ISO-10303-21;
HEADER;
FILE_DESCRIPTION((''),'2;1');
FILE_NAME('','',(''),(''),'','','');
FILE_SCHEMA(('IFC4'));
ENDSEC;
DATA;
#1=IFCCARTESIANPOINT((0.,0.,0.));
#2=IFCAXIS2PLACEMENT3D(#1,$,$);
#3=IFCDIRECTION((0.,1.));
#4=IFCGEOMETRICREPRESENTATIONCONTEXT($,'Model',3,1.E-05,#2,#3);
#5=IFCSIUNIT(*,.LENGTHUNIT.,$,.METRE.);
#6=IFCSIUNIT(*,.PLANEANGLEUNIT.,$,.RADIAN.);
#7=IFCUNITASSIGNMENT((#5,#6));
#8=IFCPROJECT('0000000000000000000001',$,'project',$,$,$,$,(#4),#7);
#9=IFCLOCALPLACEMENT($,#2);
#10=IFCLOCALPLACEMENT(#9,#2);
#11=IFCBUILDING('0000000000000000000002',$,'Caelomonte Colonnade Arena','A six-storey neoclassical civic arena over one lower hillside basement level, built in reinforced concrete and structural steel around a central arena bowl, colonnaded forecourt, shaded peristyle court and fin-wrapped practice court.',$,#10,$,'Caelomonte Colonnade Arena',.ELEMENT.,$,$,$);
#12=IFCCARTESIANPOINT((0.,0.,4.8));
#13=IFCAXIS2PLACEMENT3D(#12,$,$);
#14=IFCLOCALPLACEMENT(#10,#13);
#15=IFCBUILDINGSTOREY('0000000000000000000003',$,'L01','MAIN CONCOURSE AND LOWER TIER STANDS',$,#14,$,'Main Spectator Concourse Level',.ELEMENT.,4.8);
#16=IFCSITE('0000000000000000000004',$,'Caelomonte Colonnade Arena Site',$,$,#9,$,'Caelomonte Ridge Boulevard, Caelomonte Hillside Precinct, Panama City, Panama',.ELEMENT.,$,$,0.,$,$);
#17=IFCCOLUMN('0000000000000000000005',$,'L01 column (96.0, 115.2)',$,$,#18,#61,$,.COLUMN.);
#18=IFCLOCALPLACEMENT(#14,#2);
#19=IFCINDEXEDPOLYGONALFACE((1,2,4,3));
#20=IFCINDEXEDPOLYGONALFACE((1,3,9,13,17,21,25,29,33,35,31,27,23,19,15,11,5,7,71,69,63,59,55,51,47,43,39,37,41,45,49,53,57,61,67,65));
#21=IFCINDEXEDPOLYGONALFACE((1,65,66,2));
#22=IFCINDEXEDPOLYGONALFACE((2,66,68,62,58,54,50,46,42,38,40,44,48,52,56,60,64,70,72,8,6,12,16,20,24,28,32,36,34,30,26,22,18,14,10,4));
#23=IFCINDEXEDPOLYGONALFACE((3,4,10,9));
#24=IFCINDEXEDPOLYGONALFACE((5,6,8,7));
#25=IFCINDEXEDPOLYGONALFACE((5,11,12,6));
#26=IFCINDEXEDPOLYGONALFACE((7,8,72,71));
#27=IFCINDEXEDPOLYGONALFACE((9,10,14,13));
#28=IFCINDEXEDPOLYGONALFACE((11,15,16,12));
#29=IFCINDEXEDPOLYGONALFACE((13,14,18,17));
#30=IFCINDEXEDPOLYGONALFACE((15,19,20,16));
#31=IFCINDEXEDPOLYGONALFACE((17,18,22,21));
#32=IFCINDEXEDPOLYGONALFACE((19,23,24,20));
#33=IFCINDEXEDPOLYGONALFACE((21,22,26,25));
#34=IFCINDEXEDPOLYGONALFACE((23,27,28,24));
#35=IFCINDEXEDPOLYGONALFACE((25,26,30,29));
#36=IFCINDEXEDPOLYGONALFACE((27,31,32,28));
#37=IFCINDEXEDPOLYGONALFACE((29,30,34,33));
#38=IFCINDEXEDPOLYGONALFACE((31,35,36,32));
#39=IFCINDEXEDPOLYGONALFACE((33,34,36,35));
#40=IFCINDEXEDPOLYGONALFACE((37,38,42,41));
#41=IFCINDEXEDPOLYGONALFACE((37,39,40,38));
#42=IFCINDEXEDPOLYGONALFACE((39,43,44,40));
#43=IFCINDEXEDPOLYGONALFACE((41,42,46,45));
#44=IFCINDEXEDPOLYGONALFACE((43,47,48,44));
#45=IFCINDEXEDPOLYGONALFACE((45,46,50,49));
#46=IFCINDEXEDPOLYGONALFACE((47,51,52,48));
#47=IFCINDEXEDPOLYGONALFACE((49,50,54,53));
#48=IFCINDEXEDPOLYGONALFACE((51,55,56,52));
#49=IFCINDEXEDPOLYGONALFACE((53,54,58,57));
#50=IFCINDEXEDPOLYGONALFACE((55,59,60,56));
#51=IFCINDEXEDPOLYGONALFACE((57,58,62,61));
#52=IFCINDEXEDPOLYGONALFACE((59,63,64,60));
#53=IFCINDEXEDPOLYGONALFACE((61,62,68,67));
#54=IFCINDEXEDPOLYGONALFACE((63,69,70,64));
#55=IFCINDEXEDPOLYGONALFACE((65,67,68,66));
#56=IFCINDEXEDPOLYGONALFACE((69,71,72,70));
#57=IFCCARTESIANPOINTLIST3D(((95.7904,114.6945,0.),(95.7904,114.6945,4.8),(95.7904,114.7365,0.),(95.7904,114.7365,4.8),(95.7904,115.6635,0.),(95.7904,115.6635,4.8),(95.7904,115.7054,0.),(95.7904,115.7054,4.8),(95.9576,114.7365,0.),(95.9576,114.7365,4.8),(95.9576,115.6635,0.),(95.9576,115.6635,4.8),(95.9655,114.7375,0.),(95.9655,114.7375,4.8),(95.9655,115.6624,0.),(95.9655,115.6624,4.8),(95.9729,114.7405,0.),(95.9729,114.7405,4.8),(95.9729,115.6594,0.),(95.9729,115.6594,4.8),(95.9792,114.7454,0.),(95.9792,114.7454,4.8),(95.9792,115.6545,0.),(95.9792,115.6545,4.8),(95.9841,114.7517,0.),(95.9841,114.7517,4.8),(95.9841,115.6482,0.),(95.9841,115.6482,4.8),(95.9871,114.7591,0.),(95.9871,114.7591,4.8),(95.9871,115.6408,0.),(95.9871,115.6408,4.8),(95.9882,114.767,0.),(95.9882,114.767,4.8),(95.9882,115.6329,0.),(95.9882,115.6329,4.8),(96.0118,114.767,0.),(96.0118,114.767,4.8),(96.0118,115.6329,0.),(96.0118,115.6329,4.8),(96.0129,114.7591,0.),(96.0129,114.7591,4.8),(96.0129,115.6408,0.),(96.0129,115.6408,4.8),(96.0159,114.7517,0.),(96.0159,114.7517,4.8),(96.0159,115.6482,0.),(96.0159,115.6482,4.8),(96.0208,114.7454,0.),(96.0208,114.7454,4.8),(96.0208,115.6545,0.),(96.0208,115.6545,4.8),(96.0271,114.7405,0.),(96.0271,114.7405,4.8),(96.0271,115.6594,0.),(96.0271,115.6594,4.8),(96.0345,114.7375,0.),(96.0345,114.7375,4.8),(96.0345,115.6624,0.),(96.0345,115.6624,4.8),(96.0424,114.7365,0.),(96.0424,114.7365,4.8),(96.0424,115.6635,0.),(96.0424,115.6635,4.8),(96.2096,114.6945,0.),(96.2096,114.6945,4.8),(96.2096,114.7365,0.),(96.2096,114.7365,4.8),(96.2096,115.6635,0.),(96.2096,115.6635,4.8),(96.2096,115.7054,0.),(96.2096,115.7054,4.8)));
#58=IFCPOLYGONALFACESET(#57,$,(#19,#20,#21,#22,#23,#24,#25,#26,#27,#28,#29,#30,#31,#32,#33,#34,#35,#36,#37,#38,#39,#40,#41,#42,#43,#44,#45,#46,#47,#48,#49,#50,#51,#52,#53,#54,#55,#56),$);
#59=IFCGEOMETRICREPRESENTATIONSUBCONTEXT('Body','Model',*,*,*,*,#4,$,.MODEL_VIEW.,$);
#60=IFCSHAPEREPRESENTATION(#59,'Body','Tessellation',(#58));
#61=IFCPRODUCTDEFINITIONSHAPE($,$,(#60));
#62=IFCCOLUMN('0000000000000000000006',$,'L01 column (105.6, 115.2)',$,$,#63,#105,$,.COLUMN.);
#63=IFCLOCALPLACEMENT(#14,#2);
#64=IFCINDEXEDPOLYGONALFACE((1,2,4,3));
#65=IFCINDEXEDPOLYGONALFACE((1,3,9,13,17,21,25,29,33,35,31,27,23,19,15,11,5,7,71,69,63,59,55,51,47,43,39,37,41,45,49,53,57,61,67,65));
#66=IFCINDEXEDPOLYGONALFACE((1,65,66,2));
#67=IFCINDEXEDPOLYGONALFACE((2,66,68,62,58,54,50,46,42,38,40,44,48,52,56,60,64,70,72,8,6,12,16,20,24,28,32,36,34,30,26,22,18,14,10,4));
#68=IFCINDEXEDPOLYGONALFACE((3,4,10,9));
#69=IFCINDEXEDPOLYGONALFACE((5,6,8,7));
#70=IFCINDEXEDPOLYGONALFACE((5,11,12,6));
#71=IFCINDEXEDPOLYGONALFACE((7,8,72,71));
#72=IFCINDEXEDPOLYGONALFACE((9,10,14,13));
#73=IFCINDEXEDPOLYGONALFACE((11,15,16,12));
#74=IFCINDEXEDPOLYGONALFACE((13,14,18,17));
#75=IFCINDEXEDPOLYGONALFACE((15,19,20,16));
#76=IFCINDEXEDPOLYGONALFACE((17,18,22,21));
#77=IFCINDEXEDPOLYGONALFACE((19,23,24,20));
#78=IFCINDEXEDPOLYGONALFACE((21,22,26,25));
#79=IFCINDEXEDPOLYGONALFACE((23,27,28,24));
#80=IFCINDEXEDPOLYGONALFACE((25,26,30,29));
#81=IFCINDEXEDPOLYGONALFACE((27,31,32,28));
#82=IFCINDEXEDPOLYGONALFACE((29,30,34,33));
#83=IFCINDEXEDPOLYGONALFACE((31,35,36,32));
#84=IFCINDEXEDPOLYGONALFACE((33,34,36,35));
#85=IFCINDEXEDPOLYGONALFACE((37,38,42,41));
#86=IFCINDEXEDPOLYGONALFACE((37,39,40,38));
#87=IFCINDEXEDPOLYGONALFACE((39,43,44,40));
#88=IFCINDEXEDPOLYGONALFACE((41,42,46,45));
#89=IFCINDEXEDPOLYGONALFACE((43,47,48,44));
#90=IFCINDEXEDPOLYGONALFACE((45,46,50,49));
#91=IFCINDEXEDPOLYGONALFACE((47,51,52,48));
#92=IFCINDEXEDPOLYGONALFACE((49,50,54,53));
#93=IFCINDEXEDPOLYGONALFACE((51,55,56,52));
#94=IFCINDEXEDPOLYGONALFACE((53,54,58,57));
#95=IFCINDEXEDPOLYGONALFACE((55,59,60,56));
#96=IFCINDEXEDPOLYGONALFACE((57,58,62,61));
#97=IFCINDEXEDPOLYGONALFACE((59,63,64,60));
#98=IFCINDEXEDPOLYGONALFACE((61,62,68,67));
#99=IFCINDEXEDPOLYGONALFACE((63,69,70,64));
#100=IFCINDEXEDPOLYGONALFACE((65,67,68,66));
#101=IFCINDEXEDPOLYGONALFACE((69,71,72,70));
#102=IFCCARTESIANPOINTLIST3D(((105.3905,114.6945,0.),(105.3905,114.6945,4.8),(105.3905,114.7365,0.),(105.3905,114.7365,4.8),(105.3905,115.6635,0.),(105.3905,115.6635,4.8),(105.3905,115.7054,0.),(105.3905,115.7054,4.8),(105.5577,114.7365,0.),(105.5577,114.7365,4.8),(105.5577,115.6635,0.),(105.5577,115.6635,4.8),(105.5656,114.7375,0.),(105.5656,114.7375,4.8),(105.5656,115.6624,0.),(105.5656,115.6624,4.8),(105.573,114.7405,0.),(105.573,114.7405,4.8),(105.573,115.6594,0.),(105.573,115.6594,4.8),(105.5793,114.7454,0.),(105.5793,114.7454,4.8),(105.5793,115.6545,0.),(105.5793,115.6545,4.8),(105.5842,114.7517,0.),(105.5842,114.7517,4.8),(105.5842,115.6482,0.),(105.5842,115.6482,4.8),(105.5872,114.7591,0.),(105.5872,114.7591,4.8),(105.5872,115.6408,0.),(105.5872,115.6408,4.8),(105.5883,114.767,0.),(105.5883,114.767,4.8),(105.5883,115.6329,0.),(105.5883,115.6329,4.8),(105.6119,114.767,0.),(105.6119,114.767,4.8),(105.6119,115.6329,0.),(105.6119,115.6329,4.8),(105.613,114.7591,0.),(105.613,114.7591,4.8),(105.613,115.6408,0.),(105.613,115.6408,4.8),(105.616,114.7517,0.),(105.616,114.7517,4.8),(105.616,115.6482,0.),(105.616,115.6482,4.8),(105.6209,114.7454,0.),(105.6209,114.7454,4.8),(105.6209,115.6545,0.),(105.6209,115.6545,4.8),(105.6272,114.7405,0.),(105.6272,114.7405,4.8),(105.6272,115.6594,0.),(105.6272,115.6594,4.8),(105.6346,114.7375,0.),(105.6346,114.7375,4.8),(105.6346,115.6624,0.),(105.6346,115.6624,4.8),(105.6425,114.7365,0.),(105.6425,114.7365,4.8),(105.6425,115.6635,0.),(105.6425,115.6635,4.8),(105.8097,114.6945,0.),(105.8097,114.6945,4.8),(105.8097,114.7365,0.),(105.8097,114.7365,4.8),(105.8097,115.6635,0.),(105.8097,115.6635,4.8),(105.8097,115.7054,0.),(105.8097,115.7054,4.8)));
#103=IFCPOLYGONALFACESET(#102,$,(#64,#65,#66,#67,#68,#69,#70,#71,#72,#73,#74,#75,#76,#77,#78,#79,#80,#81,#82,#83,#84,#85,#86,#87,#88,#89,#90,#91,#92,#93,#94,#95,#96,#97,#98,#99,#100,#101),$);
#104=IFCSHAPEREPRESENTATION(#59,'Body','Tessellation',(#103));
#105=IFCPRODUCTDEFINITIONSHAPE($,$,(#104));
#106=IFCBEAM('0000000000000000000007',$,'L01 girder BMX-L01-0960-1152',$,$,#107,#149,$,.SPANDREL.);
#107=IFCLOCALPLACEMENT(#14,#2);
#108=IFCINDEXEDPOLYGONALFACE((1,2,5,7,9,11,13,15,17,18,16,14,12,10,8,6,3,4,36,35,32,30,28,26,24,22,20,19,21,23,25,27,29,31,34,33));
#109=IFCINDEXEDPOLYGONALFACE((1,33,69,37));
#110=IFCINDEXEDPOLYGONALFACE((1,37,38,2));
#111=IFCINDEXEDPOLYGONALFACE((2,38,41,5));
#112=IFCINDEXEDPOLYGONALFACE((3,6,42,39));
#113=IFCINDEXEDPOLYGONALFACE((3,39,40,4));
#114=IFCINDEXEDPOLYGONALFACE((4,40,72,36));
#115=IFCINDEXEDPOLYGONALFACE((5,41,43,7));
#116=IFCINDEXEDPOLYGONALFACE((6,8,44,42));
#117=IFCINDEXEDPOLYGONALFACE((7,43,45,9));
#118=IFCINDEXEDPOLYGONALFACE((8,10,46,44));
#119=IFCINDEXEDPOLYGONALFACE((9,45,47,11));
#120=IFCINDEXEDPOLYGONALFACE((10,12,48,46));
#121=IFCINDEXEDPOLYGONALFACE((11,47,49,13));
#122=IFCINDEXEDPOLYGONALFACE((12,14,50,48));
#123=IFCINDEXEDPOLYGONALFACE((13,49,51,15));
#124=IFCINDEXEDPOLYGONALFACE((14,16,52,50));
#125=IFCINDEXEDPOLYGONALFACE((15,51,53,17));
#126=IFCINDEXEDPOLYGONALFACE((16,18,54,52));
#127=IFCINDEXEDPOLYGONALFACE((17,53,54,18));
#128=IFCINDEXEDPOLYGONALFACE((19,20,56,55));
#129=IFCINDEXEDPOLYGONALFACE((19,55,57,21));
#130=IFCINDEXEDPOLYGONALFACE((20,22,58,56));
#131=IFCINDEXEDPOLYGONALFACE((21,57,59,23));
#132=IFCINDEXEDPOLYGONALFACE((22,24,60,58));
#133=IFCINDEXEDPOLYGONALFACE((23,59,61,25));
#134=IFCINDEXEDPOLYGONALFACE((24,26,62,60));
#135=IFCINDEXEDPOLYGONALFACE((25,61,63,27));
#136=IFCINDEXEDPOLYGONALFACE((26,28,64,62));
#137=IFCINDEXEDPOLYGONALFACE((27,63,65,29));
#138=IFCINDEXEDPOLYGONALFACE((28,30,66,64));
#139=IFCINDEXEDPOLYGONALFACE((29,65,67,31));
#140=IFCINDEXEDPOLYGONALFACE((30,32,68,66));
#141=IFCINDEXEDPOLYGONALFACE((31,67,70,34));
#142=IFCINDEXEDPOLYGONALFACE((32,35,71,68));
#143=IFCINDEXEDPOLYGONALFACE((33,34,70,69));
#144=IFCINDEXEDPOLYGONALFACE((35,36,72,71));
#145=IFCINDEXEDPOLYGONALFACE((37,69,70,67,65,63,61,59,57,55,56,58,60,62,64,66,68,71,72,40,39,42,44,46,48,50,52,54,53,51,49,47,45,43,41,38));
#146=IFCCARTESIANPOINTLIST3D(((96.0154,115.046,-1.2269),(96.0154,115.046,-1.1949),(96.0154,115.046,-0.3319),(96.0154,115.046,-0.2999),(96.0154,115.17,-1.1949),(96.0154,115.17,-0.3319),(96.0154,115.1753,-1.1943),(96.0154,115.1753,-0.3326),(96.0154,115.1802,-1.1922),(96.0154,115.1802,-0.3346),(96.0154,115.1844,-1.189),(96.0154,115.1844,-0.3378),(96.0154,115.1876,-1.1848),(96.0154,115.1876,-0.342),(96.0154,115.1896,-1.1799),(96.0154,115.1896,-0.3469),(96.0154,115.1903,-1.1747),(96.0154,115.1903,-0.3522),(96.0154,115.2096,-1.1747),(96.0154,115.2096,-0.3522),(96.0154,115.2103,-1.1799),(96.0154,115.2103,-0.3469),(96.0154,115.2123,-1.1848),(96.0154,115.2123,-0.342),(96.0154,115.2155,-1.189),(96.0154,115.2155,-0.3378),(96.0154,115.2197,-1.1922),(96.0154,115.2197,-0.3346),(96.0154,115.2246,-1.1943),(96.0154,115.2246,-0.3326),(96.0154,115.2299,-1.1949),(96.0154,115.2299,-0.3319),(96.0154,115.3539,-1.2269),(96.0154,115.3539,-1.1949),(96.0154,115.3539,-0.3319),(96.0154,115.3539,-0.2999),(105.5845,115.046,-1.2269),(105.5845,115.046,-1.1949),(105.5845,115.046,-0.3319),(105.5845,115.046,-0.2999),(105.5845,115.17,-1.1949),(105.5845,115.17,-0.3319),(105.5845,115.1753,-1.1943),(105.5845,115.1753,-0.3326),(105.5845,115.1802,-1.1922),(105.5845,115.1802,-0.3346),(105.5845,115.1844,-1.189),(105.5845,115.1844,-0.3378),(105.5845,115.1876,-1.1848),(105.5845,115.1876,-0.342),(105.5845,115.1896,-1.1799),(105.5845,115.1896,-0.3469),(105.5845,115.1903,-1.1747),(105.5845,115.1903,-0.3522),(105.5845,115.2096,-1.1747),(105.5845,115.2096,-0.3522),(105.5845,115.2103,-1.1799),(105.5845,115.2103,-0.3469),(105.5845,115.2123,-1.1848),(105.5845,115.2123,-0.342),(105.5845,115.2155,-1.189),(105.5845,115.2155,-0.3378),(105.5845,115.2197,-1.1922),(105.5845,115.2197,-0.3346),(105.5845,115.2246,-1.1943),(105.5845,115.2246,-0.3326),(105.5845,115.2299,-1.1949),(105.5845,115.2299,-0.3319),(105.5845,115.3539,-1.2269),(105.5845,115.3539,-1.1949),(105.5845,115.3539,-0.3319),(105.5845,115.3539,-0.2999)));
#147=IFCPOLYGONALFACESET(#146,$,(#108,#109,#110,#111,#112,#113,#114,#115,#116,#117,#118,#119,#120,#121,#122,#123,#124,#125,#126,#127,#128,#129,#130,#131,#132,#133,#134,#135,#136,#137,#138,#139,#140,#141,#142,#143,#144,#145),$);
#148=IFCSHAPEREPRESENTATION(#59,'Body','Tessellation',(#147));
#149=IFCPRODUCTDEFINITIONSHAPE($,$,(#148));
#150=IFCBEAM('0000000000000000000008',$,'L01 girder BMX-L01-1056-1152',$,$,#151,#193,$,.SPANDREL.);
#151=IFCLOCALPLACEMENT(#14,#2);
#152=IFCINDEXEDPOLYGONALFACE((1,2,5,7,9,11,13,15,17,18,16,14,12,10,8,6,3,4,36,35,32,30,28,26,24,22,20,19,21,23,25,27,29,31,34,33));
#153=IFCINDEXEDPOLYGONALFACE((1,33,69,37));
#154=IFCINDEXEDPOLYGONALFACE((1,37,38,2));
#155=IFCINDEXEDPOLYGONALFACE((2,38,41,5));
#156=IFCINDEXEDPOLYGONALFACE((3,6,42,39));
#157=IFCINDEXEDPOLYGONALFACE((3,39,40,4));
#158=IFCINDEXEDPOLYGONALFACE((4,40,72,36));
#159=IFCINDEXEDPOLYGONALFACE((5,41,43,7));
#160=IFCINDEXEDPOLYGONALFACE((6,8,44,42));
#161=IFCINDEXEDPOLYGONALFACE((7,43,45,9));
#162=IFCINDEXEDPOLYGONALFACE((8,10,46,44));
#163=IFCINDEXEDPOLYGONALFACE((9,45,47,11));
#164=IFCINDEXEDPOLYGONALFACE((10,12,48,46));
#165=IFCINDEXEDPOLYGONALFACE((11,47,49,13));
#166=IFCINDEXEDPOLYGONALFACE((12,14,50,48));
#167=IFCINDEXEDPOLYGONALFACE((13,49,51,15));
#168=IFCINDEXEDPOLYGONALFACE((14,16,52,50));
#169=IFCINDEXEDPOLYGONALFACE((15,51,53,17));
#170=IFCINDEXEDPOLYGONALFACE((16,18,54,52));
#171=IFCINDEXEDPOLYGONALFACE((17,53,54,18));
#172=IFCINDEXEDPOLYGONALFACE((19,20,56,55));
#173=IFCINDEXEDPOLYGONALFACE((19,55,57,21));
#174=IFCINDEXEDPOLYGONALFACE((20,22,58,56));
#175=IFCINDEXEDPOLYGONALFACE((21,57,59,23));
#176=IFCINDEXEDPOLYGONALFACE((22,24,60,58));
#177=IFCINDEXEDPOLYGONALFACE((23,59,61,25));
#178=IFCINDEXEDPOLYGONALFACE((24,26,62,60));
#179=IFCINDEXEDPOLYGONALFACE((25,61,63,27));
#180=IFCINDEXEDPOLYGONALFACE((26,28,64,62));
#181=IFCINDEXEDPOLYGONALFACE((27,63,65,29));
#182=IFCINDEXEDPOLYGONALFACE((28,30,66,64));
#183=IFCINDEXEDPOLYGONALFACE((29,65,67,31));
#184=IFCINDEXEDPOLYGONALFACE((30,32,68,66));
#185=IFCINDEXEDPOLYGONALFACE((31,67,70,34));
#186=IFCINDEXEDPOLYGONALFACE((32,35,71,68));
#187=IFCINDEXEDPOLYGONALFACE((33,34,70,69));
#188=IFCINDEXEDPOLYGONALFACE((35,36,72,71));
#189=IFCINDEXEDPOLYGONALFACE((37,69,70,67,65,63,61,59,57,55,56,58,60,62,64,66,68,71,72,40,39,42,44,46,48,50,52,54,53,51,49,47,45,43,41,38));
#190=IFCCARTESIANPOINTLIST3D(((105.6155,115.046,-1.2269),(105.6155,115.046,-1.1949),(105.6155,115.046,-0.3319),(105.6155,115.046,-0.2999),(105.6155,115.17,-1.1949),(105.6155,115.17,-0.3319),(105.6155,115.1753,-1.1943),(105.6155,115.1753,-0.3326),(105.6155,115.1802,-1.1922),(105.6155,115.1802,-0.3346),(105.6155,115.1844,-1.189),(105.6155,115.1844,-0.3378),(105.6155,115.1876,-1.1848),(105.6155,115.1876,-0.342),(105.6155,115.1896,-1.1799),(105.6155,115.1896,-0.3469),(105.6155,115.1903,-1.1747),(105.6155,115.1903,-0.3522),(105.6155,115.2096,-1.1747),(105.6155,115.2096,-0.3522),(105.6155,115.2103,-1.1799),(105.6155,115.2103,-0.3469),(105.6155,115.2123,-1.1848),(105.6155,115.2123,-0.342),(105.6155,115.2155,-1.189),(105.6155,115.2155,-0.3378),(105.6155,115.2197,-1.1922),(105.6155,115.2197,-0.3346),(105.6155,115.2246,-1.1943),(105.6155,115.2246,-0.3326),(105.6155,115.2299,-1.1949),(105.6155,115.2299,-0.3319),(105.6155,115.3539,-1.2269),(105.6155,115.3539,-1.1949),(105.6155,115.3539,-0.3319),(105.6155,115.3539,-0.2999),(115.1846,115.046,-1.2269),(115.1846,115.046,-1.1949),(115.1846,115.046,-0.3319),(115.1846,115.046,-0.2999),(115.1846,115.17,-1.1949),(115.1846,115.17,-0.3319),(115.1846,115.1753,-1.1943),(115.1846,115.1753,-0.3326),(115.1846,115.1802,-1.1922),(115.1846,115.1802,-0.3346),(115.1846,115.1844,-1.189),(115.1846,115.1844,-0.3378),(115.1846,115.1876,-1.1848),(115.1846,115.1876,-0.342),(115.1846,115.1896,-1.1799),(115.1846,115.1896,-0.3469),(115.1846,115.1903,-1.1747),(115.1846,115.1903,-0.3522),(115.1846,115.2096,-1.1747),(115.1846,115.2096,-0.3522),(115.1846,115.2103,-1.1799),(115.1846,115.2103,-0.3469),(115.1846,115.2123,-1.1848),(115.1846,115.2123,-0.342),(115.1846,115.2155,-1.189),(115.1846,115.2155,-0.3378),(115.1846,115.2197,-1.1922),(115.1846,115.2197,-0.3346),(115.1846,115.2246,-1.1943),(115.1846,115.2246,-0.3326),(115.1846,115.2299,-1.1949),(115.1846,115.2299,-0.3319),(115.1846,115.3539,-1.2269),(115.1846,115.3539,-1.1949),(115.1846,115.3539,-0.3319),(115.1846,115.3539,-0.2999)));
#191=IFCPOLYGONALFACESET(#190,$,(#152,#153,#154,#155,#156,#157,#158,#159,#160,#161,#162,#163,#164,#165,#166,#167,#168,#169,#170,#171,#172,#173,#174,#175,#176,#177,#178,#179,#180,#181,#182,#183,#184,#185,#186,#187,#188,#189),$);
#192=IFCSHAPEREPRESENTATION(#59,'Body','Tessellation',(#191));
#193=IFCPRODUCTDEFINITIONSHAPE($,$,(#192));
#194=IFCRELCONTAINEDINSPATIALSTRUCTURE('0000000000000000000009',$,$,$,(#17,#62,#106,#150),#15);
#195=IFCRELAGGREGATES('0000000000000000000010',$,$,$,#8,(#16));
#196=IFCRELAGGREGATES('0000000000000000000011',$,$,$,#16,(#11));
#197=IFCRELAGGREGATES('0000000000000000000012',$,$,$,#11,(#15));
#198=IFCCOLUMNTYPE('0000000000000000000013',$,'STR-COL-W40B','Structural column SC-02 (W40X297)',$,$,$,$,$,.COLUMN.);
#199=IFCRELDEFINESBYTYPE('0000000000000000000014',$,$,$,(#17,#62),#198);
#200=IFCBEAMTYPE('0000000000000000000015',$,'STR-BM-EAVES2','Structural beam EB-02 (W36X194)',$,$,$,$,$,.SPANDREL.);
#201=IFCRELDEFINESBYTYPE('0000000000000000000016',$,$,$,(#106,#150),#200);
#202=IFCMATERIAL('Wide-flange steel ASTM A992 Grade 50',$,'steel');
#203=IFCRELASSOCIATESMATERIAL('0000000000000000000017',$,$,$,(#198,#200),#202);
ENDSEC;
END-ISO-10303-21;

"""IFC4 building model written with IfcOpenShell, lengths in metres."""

from ifc_helpers import new_model, si_unit, direction, frame, origin, origin_2d, place, context, subcontext, project, spatial, i_section, extrude, material, material_profile, profile_set, type_object, element, save


model = new_model("IFC4")

# Units and contexts
model_context = context("Model", 3, precision=1e-05, world=origin(), true_north=direction((0.0, 1.0)))
body_context = subcontext(model_context, "Body", "Model", "MODEL_VIEW")
ifc_project = project(units=[si_unit("LENGTHUNIT", "METRE"), si_unit("PLANEANGLEUNIT", "RADIAN")], contexts=[model_context])

# Site, building, storey
site_placement = place(None, origin())
site = spatial("IfcSite", under=ifc_project, at=site_placement, Name="Caelomonte Colonnade Arena Site", LongName="Caelomonte Ridge Boulevard, Caelomonte Hillside Precinct, Panama City, Panama", CompositionType="ELEMENT", RefElevation=0.0)
building_placement = place(site_placement, origin())
building = spatial("IfcBuilding", under=site, at=building_placement, Name="Caelomonte Colonnade Arena", Description="A six-storey neoclassical civic arena over one lower hillside basement level, built in reinforced concrete and structural steel around a central arena bowl, colonnaded forecourt, shaded peristyle court and fin-wrapped practice court.", LongName="Caelomonte Colonnade Arena", CompositionType="ELEMENT")
storey_placement = place(building_placement, frame((0.0, 0.0, 4.8)))
storey = spatial("IfcBuildingStorey", under=building, at=storey_placement, Name="L01", Description="MAIN CONCOURSE AND LOWER TIER STANDS", LongName="Main Spectator Concourse Level", CompositionType="ELEMENT", Elevation=4.8)

# Columns
ifc_material_1 = material(Name="Wide-flange steel ASTM A992 Grade 50", Category="steel")
ifc_material_profile_1 = material_profile(ifc_material_1, i_section(OverallWidth=0.4192, OverallDepth=1.011, WebThickness=0.0237, FlangeThickness=0.042, FilletRadius=0.0305, at=origin_2d()), Name="W40X297")
ifc_profile_set_1 = profile_set([ifc_material_profile_1], Name="Wide-flange steel ASTM A992 Grade 50")
column_type = type_object("IfcColumnType", Name="STR-COL-W40B", Description="Structural column SC-02 (W40X297)", PredefinedType="COLUMN", material=ifc_profile_set_1)
for number, where, z_axis, x_axis, name in (
    (1, (96.0, 115.2, 0.0), (0.0, 0.0, 1.0), (1.0, 0.0, 0.0), "L01 column (96.0, 115.2)"),
    (2, (105.6001, 115.2, 0.0), (0.0, 0.0, 1.0), (1.0, 0.0, 0.0), "L01 column (105.6, 115.2)"),
):
    element("IfcColumn", number, at=place(storey_placement, frame(where, z_axis=z_axis, x_axis=x_axis)), inside=storey, type_object=column_type, Name=name, PredefinedType="COLUMN", context=body_context, shape_type="SweptSolid", body=[
        extrude(i_section(OverallWidth=0.4192, OverallDepth=1.011, WebThickness=0.0237, FlangeThickness=0.042, FilletRadius=0.0305, at=origin_2d()), origin(), (0.0, 0.0, 1.0), 4.8),
    ])

# Beams
ifc_material_profile_2 = material_profile(ifc_material_1, i_section(OverallWidth=0.3079, OverallDepth=0.927, WebThickness=0.0193, FlangeThickness=0.032, FilletRadius=0.0203, at=origin_2d()), Name="W36X194")
ifc_profile_set_2 = profile_set([ifc_material_profile_2], Name="Wide-flange steel ASTM A992 Grade 50")
beam_type = type_object("IfcBeamType", Name="STR-BM-EAVES2", Description="Structural beam EB-02 (W36X194)", PredefinedType="SPANDREL", material=ifc_profile_set_2)
for number, where, z_axis, x_axis, name in (
    (3, (96.0154, 115.2, -0.7634), (1.0, 0.0, 0.0), (0.0, 1.0, 0.0), "L01 girder BMX-L01-0960-1152"),
    (4, (105.6155, 115.2, -0.7634), (1.0, 0.0, 0.0), (0.0, 1.0, 0.0), "L01 girder BMX-L01-1056-1152"),
):
    element("IfcBeam", number, at=place(storey_placement, frame(where, z_axis=z_axis, x_axis=x_axis)), inside=storey, type_object=beam_type, Name=name, PredefinedType="SPANDREL", context=body_context, shape_type="SweptSolid", body=[
        extrude(i_section(OverallWidth=0.3079, OverallDepth=0.927, WebThickness=0.0193, FlangeThickness=0.032, FilletRadius=0.0203, at=origin_2d()), origin(), (0.0, 0.0, 1.0), 9.5691),
    ])

save(model, "model.ifc")
